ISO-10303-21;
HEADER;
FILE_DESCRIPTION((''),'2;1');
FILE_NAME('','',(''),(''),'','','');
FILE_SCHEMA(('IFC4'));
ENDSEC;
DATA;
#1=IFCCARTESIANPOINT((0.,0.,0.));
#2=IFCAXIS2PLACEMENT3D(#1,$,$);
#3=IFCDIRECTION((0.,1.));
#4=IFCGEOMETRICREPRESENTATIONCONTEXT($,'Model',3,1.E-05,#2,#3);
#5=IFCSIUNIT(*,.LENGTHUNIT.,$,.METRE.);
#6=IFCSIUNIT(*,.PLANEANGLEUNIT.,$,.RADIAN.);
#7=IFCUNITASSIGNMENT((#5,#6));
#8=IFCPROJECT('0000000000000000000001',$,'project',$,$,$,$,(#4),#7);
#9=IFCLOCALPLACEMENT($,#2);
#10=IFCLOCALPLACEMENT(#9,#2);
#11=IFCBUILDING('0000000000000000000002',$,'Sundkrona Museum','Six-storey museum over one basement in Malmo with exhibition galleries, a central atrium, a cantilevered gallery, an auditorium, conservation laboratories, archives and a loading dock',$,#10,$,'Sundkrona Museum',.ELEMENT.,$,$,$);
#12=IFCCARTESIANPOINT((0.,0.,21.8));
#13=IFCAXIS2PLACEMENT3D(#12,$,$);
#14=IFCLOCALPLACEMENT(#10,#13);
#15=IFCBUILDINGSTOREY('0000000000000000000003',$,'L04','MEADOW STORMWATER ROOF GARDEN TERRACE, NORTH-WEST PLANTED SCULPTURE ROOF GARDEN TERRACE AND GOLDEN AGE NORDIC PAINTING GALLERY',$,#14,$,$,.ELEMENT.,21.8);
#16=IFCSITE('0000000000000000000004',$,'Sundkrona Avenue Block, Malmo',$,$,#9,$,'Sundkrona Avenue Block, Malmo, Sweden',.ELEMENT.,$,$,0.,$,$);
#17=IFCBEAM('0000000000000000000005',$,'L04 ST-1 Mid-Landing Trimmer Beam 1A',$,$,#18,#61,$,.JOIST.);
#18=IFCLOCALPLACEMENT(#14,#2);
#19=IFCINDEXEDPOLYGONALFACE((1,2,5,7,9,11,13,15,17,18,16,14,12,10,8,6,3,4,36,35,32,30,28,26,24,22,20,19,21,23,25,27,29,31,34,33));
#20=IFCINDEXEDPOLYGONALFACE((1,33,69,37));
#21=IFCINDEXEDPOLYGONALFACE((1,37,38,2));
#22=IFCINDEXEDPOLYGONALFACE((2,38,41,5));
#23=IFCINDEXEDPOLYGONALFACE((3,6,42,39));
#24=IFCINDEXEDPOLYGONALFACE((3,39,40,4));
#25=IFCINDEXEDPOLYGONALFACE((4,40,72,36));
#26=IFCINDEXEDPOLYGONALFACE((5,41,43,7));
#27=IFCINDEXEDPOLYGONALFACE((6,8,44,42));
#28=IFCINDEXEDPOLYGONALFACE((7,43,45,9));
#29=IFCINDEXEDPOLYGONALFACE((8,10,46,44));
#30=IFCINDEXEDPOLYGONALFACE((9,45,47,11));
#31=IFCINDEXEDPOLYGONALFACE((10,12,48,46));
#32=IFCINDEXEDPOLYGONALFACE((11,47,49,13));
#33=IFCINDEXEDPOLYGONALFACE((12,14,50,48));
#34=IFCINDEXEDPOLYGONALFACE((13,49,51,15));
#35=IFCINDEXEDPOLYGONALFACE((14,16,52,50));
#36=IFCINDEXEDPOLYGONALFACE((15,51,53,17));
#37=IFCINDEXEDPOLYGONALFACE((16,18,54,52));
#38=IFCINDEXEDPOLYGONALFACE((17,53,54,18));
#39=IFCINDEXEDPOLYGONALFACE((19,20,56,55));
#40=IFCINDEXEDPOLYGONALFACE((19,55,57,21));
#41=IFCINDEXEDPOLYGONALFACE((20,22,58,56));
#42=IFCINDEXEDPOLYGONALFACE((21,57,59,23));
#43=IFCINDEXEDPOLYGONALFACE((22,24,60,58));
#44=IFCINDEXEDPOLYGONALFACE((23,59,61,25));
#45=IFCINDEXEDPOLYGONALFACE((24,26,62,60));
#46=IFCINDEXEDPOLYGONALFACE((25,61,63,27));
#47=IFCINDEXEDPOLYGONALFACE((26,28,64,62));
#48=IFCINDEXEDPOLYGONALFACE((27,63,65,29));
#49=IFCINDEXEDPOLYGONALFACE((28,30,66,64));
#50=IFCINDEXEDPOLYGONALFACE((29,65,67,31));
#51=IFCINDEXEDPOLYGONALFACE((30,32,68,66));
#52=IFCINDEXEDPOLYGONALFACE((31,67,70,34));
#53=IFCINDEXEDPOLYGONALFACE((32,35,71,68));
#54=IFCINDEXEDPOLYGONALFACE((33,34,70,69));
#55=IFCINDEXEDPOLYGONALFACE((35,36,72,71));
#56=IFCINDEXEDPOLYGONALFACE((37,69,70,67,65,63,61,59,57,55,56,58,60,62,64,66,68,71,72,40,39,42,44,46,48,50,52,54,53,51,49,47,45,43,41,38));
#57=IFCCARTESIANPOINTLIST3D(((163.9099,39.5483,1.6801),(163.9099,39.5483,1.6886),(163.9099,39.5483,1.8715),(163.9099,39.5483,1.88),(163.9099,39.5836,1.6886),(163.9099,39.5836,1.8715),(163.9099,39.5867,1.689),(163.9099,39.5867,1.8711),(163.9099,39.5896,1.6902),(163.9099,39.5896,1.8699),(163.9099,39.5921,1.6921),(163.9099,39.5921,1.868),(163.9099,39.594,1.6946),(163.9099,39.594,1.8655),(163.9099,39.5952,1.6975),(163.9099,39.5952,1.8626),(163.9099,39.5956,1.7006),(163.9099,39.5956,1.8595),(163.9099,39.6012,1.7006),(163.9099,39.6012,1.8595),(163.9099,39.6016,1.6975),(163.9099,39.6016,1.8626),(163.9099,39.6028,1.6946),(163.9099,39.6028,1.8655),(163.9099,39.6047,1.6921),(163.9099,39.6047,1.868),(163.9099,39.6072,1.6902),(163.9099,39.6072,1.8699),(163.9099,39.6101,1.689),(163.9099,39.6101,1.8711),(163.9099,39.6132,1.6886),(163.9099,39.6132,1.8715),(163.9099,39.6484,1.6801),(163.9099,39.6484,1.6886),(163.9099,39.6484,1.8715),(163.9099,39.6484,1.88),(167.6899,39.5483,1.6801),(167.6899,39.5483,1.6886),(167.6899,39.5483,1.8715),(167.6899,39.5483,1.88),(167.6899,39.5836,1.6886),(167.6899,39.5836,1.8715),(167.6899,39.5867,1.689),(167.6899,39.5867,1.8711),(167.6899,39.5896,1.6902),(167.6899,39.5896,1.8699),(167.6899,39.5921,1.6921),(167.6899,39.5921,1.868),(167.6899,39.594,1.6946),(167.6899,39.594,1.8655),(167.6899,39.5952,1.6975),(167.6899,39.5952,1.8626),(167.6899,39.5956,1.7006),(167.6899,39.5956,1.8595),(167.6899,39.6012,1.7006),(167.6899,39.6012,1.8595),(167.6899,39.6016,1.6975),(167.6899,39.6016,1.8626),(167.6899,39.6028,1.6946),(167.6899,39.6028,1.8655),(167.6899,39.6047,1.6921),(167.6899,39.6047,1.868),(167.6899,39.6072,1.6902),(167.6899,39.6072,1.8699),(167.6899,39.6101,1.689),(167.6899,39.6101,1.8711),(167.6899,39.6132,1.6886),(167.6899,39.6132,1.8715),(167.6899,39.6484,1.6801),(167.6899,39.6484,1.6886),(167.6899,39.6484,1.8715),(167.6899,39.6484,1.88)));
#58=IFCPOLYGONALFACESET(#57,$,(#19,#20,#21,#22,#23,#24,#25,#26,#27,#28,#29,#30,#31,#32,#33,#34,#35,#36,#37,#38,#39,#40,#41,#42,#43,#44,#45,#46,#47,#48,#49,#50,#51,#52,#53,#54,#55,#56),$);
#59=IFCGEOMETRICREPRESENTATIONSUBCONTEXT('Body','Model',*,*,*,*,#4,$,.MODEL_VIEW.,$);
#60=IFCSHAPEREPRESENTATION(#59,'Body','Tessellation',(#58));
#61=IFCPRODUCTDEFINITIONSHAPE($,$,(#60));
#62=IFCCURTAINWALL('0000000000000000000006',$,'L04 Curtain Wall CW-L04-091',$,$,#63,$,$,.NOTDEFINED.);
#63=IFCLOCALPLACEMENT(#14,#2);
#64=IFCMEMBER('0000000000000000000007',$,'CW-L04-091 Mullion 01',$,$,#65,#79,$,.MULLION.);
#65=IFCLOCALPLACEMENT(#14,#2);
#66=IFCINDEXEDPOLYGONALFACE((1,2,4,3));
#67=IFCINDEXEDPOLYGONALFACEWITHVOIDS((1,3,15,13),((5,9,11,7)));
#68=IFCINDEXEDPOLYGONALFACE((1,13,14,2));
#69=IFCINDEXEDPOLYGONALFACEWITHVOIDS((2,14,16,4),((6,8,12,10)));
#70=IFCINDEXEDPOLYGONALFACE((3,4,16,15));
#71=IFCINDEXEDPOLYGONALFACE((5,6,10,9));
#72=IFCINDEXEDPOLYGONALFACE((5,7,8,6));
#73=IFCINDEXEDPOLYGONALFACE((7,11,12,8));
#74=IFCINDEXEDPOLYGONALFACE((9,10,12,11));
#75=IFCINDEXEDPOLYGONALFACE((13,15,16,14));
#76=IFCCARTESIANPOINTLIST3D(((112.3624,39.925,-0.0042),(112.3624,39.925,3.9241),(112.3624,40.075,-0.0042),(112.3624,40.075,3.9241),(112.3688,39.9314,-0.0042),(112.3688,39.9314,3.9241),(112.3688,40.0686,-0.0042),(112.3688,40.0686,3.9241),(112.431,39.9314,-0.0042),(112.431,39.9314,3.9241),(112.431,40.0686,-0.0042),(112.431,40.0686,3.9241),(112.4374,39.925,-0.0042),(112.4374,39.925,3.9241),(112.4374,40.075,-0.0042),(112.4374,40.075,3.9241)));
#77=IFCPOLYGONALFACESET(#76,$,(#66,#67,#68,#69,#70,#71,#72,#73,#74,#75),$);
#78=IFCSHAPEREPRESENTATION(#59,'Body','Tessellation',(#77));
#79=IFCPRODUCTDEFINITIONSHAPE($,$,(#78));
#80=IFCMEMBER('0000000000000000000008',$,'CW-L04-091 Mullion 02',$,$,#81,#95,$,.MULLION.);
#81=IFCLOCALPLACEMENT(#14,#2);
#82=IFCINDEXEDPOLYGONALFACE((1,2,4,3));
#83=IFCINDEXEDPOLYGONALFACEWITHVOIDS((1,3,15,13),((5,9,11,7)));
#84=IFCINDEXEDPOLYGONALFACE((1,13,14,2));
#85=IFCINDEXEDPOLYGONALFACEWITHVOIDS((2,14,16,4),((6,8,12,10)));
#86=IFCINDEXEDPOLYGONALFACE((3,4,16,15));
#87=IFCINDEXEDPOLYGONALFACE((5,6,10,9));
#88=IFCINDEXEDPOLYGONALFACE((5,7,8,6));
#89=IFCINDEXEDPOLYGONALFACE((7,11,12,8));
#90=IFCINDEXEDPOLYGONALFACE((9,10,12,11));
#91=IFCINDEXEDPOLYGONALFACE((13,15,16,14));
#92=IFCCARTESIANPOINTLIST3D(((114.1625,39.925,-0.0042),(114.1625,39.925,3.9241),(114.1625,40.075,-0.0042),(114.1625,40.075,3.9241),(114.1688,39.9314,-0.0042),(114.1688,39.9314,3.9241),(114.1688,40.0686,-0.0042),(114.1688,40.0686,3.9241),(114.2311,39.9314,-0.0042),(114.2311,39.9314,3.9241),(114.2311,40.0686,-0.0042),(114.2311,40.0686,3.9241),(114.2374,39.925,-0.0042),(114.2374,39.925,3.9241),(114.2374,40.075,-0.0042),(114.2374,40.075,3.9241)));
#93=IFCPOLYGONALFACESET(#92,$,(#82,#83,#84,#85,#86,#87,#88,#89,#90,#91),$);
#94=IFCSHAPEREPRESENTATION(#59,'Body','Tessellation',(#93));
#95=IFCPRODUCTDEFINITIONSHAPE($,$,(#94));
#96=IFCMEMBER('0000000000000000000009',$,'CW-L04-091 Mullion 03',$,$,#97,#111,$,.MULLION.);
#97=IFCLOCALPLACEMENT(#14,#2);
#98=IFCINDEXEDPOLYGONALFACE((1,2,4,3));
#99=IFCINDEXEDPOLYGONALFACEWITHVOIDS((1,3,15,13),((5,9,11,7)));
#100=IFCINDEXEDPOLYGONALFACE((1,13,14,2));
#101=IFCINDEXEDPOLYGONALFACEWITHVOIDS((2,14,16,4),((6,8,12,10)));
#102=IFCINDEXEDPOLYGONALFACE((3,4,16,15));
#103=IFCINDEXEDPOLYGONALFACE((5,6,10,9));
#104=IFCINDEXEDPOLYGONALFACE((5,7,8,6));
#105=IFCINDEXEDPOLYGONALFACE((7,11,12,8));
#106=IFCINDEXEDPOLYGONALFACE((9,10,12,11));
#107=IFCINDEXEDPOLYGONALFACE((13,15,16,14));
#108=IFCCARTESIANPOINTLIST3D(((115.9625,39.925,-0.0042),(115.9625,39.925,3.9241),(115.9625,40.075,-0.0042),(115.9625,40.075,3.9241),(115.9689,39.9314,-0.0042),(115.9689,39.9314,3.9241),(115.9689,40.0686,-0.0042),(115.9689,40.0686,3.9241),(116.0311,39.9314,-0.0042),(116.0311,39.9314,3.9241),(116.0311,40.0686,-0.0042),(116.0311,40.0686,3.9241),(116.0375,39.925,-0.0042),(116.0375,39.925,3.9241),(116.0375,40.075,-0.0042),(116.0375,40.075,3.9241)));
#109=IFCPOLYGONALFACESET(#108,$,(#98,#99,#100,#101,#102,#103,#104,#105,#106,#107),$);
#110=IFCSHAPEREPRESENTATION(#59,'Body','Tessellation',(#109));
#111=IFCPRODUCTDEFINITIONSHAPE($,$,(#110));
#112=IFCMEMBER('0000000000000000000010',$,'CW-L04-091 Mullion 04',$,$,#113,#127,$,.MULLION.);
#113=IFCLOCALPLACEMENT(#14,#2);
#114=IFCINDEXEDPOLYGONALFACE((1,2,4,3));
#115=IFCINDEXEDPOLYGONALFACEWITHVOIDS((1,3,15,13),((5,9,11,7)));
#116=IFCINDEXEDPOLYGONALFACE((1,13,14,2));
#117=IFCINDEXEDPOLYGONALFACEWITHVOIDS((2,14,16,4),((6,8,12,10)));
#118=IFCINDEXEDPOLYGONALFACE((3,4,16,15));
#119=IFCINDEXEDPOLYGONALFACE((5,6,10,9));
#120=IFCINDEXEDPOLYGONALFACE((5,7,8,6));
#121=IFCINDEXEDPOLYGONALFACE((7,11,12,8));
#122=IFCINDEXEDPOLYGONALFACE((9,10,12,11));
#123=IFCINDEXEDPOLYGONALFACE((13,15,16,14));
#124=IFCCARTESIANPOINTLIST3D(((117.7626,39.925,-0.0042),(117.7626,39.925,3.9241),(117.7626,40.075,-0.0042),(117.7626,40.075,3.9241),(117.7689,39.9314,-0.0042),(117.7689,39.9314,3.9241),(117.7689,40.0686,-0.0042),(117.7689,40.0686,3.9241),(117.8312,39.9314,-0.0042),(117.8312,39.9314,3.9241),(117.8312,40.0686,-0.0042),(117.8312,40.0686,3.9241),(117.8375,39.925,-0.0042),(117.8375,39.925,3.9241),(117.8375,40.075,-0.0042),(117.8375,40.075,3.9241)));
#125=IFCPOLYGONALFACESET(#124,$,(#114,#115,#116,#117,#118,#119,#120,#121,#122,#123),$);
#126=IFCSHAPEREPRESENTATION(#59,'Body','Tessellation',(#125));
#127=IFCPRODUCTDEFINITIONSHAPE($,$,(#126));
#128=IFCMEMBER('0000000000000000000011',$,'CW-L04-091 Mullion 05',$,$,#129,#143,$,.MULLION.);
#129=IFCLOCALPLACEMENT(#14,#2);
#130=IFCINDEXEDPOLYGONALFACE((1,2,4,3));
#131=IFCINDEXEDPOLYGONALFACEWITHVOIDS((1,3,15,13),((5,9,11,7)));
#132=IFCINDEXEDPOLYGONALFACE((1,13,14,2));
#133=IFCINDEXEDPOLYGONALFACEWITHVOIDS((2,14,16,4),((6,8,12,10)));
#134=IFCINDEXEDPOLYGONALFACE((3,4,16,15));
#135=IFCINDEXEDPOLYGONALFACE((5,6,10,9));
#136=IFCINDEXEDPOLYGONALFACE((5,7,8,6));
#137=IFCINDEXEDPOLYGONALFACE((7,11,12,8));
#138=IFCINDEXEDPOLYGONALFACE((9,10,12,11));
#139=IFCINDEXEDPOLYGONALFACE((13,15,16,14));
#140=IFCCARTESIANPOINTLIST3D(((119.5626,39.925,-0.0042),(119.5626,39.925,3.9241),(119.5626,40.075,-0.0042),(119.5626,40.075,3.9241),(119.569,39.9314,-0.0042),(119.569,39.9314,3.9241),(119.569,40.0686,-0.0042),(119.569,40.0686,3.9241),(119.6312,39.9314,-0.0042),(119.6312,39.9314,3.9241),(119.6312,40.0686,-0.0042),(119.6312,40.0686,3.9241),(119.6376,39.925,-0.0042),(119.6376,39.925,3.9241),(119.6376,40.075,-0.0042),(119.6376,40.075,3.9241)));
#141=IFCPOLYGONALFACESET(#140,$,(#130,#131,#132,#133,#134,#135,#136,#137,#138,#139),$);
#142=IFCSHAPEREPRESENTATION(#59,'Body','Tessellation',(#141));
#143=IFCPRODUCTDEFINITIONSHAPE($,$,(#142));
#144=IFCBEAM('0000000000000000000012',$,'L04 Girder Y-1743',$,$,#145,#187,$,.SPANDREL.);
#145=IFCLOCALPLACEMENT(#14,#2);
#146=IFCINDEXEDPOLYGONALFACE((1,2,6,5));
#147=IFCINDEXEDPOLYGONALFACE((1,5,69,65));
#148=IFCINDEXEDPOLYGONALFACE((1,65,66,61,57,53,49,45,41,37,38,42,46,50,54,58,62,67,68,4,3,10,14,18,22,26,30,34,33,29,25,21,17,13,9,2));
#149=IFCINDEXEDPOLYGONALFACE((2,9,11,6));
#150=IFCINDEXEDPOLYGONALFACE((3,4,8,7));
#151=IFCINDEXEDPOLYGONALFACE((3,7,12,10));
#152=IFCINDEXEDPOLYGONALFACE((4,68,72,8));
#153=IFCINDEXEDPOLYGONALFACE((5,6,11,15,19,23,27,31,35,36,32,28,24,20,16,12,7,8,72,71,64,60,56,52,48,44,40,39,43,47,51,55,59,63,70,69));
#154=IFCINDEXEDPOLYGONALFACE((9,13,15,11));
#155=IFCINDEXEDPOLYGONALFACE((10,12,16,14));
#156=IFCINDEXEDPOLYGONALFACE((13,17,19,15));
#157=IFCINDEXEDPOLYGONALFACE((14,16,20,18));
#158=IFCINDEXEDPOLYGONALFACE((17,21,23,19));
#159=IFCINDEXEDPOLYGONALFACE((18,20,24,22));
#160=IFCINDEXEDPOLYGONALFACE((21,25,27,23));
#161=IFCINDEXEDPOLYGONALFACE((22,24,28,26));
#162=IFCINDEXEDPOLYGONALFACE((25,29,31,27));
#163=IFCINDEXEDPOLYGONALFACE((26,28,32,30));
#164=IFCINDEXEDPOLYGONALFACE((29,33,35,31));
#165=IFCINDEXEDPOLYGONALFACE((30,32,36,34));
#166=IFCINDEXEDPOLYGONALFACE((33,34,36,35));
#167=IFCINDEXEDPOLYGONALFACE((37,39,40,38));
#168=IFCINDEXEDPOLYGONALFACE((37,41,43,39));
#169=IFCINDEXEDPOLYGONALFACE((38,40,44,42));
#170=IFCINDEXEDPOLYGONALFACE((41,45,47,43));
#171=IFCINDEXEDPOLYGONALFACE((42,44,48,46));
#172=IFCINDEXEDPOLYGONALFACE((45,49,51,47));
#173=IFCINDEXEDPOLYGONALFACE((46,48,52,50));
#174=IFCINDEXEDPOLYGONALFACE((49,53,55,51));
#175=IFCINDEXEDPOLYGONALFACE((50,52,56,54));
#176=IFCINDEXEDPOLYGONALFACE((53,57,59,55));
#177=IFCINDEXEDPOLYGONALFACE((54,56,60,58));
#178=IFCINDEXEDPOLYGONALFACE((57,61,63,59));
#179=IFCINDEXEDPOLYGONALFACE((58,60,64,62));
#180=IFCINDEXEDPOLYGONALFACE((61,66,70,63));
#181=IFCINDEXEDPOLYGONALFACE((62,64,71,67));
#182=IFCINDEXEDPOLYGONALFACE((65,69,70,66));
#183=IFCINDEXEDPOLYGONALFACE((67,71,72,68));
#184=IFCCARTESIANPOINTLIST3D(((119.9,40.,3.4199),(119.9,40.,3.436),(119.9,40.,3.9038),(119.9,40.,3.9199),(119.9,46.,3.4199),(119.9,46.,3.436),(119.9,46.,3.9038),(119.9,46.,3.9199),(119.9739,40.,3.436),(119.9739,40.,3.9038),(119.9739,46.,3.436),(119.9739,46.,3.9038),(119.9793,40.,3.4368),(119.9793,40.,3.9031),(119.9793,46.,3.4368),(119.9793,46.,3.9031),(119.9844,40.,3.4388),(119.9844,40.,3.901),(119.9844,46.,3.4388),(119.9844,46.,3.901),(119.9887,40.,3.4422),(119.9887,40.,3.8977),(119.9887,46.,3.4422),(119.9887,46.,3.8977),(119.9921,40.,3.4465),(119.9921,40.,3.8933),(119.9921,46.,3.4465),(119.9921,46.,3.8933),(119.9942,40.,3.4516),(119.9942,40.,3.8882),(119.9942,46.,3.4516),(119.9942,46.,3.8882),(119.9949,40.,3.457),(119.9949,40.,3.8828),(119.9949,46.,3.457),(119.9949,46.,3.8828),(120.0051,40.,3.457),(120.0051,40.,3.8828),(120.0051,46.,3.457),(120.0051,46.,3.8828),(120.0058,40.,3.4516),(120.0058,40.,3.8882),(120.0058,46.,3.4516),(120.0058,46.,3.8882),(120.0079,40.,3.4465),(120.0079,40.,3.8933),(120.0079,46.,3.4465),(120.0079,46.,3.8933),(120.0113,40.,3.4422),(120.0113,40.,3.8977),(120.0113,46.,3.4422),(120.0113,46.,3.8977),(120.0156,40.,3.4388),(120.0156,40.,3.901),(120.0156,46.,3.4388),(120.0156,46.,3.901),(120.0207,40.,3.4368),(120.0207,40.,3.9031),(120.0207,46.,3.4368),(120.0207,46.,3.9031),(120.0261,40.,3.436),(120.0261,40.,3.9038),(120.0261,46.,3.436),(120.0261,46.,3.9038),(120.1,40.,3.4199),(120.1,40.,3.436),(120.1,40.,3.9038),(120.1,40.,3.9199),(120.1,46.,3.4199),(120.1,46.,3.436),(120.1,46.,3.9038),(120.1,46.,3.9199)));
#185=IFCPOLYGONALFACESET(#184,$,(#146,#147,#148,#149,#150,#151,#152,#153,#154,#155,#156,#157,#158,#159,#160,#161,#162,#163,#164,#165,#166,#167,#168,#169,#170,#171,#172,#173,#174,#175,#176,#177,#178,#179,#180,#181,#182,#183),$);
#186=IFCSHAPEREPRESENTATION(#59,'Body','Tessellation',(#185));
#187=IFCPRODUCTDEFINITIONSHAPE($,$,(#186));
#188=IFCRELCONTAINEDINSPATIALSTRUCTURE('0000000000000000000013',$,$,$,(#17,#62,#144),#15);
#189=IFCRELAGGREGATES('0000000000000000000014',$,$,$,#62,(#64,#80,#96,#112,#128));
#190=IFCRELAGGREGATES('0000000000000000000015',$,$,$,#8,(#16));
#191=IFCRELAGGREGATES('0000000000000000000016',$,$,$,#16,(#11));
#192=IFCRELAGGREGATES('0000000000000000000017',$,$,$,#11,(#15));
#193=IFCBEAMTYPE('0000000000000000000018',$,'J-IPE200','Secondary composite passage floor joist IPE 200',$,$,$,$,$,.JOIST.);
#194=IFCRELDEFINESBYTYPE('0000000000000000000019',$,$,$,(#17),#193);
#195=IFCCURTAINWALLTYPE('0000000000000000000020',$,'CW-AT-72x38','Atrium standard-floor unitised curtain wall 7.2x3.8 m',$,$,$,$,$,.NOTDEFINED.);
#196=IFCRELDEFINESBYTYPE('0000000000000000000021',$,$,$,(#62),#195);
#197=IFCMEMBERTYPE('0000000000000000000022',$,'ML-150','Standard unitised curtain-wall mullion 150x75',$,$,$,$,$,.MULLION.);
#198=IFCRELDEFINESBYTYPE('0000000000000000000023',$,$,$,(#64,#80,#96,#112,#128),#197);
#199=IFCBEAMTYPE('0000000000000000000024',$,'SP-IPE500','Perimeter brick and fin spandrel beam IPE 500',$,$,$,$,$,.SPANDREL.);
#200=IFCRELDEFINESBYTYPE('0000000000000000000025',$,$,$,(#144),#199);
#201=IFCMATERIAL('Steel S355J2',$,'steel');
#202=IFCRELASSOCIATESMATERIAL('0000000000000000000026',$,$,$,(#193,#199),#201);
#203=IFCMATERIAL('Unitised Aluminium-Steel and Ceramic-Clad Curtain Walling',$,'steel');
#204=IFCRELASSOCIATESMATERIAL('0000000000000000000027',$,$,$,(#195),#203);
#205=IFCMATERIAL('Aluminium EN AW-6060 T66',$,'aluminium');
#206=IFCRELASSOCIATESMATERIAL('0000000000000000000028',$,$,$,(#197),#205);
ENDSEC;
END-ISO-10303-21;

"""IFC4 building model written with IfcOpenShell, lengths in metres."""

from ifc_helpers import new_model, si_unit, direction, frame, origin, origin_2d, place, context, subcontext, project, spatial, hollow_rectangle, i_section, extrude, material, material_profile, profile_set, type_object, element, aggregate, save


model = new_model("IFC4")

# Units and contexts
model_context = context("Model", 3, precision=1e-05, world=origin(), true_north=direction((0.0, 1.0)))
body_context = subcontext(model_context, "Body", "Model", "MODEL_VIEW")
ifc_project = project(units=[si_unit("LENGTHUNIT", "METRE"), si_unit("PLANEANGLEUNIT", "RADIAN")], contexts=[model_context])

# Site, building, storey
site_placement = place(None, origin())
site = spatial("IfcSite", under=ifc_project, at=site_placement, Name="Sundkrona Avenue Block, Malmo", LongName="Sundkrona Avenue Block, Malmo, Sweden", CompositionType="ELEMENT", RefElevation=0.0)
building_placement = place(site_placement, origin())
building = spatial("IfcBuilding", under=site, at=building_placement, Name="Sundkrona Museum", Description="Six-storey museum over one basement in Malmo with exhibition galleries, a central atrium, a cantilevered gallery, an auditorium, conservation laboratories, archives and a loading dock", LongName="Sundkrona Museum", CompositionType="ELEMENT")
storey_placement = place(building_placement, frame((0.0, 0.0, 21.8)))
storey = spatial("IfcBuildingStorey", under=building, at=storey_placement, Name="L04", Description="MEADOW STORMWATER ROOF GARDEN TERRACE, NORTH-WEST PLANTED SCULPTURE ROOF GARDEN TERRACE AND GOLDEN AGE NORDIC PAINTING GALLERY", CompositionType="ELEMENT", Elevation=21.8)

# Shared definitions
ifc_material_1 = material(Name="Steel S355J2", Category="steel")

# Beam
ifc_material_profile_1 = material_profile(ifc_material_1, i_section(OverallWidth=0.1001, OverallDepth=0.2, WebThickness=0.0056, FlangeThickness=0.0085, FilletRadius=0.012, at=origin_2d()), Name="IPE 200")
ifc_profile_set_1 = profile_set([ifc_material_profile_1], Name="Steel S355J2")
beam_type_1 = type_object("IfcBeamType", Name="J-IPE200", Description="Secondary composite passage floor joist IPE 200", PredefinedType="JOIST", material=ifc_profile_set_1)
beam_1_placement = place(storey_placement, frame((163.9099, 39.5984, 1.78), z_axis=(1.0, 0.0, 0.0), x_axis=(0.0, 1.0, 0.0)))
element("IfcBeam", 1, at=beam_1_placement, inside=storey, type_object=beam_type_1, Name="L04 ST-1 Mid-Landing Trimmer Beam 1A", PredefinedType="JOIST", context=body_context, shape_type="SweptSolid", body=[
    extrude(i_section(OverallWidth=0.1001, OverallDepth=0.2, WebThickness=0.0056, FlangeThickness=0.0085, FilletRadius=0.012, at=origin_2d()), origin(), (0.0, 0.0, 1.0), 3.78),
])

# Curtain wall, members
ifc_material_2 = material(Name="Unitised Aluminium-Steel and Ceramic-Clad Curtain Walling", Category="steel")
curtain_wall_type = type_object("IfcCurtainWallType", Name="CW-AT-72x38", Description="Atrium standard-floor unitised curtain wall 7.2x3.8 m", PredefinedType="NOTDEFINED", material=ifc_material_2)
curtain_wall_placement = place(storey_placement, origin())
curtain_wall = element("IfcCurtainWall", 2, at=curtain_wall_placement, inside=storey, type_object=curtain_wall_type, Name="L04 Curtain Wall CW-L04-091", PredefinedType="NOTDEFINED")
ifc_material_3 = material(Name="Aluminium EN AW-6060 T66", Category="aluminium")
ifc_material_profile_2 = material_profile(ifc_material_3, hollow_rectangle(XDim=0.075, YDim=0.1499, WallThickness=0.0063, at=origin_2d()), Name="RHS 150x75x6.3")
ifc_profile_set_2 = profile_set([ifc_material_profile_2], Name="Aluminium EN AW-6060 T66")
member_type_1 = type_object("IfcMemberType", Name="ML-150", Description="Standard unitised curtain-wall mullion 150x75", PredefinedType="MULLION", material=ifc_profile_set_2)
member_1_placement = place(storey_placement, frame((112.3999, 40.0, -0.0042), z_axis=(0.0, 0.0, 1.0), x_axis=(1.0, 0.0, 0.0)))
member_1 = element("IfcMember", 3, at=member_1_placement, type_object=member_type_1, Name="CW-L04-091 Mullion 01", PredefinedType="MULLION", context=body_context, shape_type="SweptSolid", body=[
    extrude(hollow_rectangle(XDim=0.075, YDim=0.1499, WallThickness=0.0063, at=origin_2d()), origin(), (0.0, 0.0, 1.0), 3.9282),
])
member_2_placement = place(storey_placement, frame((114.2, 40.0, -0.0042), z_axis=(0.0, 0.0, 1.0), x_axis=(1.0, 0.0, 0.0)))
member_2 = element("IfcMember", 4, at=member_2_placement, type_object=member_type_1, Name="CW-L04-091 Mullion 02", PredefinedType="MULLION", context=body_context, shape_type="SweptSolid", body=[
    extrude(hollow_rectangle(XDim=0.075, YDim=0.1499, WallThickness=0.0063, at=origin_2d()), origin(), (0.0, 0.0, 1.0), 3.9282),
])
member_3_placement = place(storey_placement, frame((116.0, 40.0, -0.0042), z_axis=(0.0, 0.0, 1.0), x_axis=(1.0, 0.0, 0.0)))
member_3 = element("IfcMember", 5, at=member_3_placement, type_object=member_type_1, Name="CW-L04-091 Mullion 03", PredefinedType="MULLION", context=body_context, shape_type="SweptSolid", body=[
    extrude(hollow_rectangle(XDim=0.075, YDim=0.1499, WallThickness=0.0063, at=origin_2d()), origin(), (0.0, 0.0, 1.0), 3.9282),
])
member_4_placement = place(storey_placement, frame((117.8, 40.0, -0.0042), z_axis=(0.0, 0.0, 1.0), x_axis=(1.0, 0.0, 0.0)))
member_4 = element("IfcMember", 6, at=member_4_placement, type_object=member_type_1, Name="CW-L04-091 Mullion 04", PredefinedType="MULLION", context=body_context, shape_type="SweptSolid", body=[
    extrude(hollow_rectangle(XDim=0.075, YDim=0.1499, WallThickness=0.0063, at=origin_2d()), origin(), (0.0, 0.0, 1.0), 3.9282),
])
member_5_placement = place(storey_placement, frame((119.6001, 40.0, -0.0042), z_axis=(0.0, 0.0, 1.0), x_axis=(1.0, 0.0, 0.0)))
member_5 = element("IfcMember", 7, at=member_5_placement, type_object=member_type_1, Name="CW-L04-091 Mullion 05", PredefinedType="MULLION", context=body_context, shape_type="SweptSolid", body=[
    extrude(hollow_rectangle(XDim=0.075, YDim=0.1499, WallThickness=0.0063, at=origin_2d()), origin(), (0.0, 0.0, 1.0), 3.9282),
])

# Beam
ifc_material_profile_3 = material_profile(ifc_material_1, i_section(OverallWidth=0.2, OverallDepth=0.5, WebThickness=0.0103, FlangeThickness=0.0161, FilletRadius=0.021, at=origin_2d()), Name="IPE 500")
ifc_profile_set_3 = profile_set([ifc_material_profile_3], Name="Steel S355J2")
beam_type_2 = type_object("IfcBeamType", Name="SP-IPE500", Description="Perimeter brick and fin spandrel beam IPE 500", PredefinedType="SPANDREL", material=ifc_profile_set_3)
beam_2_placement = place(storey_placement, frame((120.0, 40.0, 3.6699), z_axis=(0.0, 1.0, 0.0), x_axis=(-1.0, 0.0, 0.0)))
element("IfcBeam", 8, at=beam_2_placement, inside=storey, type_object=beam_type_2, Name="L04 Girder Y-1743", PredefinedType="SPANDREL", context=body_context, shape_type="SweptSolid", body=[
    extrude(i_section(OverallWidth=0.2, OverallDepth=0.5, WebThickness=0.0103, FlangeThickness=0.0161, FilletRadius=0.021, at=origin_2d()), origin(), (0.0, 0.0, 1.0), 6.0),
])

aggregate(curtain_wall, [member_1, member_2, member_3, member_4, member_5])

save(model, "model.ifc")
